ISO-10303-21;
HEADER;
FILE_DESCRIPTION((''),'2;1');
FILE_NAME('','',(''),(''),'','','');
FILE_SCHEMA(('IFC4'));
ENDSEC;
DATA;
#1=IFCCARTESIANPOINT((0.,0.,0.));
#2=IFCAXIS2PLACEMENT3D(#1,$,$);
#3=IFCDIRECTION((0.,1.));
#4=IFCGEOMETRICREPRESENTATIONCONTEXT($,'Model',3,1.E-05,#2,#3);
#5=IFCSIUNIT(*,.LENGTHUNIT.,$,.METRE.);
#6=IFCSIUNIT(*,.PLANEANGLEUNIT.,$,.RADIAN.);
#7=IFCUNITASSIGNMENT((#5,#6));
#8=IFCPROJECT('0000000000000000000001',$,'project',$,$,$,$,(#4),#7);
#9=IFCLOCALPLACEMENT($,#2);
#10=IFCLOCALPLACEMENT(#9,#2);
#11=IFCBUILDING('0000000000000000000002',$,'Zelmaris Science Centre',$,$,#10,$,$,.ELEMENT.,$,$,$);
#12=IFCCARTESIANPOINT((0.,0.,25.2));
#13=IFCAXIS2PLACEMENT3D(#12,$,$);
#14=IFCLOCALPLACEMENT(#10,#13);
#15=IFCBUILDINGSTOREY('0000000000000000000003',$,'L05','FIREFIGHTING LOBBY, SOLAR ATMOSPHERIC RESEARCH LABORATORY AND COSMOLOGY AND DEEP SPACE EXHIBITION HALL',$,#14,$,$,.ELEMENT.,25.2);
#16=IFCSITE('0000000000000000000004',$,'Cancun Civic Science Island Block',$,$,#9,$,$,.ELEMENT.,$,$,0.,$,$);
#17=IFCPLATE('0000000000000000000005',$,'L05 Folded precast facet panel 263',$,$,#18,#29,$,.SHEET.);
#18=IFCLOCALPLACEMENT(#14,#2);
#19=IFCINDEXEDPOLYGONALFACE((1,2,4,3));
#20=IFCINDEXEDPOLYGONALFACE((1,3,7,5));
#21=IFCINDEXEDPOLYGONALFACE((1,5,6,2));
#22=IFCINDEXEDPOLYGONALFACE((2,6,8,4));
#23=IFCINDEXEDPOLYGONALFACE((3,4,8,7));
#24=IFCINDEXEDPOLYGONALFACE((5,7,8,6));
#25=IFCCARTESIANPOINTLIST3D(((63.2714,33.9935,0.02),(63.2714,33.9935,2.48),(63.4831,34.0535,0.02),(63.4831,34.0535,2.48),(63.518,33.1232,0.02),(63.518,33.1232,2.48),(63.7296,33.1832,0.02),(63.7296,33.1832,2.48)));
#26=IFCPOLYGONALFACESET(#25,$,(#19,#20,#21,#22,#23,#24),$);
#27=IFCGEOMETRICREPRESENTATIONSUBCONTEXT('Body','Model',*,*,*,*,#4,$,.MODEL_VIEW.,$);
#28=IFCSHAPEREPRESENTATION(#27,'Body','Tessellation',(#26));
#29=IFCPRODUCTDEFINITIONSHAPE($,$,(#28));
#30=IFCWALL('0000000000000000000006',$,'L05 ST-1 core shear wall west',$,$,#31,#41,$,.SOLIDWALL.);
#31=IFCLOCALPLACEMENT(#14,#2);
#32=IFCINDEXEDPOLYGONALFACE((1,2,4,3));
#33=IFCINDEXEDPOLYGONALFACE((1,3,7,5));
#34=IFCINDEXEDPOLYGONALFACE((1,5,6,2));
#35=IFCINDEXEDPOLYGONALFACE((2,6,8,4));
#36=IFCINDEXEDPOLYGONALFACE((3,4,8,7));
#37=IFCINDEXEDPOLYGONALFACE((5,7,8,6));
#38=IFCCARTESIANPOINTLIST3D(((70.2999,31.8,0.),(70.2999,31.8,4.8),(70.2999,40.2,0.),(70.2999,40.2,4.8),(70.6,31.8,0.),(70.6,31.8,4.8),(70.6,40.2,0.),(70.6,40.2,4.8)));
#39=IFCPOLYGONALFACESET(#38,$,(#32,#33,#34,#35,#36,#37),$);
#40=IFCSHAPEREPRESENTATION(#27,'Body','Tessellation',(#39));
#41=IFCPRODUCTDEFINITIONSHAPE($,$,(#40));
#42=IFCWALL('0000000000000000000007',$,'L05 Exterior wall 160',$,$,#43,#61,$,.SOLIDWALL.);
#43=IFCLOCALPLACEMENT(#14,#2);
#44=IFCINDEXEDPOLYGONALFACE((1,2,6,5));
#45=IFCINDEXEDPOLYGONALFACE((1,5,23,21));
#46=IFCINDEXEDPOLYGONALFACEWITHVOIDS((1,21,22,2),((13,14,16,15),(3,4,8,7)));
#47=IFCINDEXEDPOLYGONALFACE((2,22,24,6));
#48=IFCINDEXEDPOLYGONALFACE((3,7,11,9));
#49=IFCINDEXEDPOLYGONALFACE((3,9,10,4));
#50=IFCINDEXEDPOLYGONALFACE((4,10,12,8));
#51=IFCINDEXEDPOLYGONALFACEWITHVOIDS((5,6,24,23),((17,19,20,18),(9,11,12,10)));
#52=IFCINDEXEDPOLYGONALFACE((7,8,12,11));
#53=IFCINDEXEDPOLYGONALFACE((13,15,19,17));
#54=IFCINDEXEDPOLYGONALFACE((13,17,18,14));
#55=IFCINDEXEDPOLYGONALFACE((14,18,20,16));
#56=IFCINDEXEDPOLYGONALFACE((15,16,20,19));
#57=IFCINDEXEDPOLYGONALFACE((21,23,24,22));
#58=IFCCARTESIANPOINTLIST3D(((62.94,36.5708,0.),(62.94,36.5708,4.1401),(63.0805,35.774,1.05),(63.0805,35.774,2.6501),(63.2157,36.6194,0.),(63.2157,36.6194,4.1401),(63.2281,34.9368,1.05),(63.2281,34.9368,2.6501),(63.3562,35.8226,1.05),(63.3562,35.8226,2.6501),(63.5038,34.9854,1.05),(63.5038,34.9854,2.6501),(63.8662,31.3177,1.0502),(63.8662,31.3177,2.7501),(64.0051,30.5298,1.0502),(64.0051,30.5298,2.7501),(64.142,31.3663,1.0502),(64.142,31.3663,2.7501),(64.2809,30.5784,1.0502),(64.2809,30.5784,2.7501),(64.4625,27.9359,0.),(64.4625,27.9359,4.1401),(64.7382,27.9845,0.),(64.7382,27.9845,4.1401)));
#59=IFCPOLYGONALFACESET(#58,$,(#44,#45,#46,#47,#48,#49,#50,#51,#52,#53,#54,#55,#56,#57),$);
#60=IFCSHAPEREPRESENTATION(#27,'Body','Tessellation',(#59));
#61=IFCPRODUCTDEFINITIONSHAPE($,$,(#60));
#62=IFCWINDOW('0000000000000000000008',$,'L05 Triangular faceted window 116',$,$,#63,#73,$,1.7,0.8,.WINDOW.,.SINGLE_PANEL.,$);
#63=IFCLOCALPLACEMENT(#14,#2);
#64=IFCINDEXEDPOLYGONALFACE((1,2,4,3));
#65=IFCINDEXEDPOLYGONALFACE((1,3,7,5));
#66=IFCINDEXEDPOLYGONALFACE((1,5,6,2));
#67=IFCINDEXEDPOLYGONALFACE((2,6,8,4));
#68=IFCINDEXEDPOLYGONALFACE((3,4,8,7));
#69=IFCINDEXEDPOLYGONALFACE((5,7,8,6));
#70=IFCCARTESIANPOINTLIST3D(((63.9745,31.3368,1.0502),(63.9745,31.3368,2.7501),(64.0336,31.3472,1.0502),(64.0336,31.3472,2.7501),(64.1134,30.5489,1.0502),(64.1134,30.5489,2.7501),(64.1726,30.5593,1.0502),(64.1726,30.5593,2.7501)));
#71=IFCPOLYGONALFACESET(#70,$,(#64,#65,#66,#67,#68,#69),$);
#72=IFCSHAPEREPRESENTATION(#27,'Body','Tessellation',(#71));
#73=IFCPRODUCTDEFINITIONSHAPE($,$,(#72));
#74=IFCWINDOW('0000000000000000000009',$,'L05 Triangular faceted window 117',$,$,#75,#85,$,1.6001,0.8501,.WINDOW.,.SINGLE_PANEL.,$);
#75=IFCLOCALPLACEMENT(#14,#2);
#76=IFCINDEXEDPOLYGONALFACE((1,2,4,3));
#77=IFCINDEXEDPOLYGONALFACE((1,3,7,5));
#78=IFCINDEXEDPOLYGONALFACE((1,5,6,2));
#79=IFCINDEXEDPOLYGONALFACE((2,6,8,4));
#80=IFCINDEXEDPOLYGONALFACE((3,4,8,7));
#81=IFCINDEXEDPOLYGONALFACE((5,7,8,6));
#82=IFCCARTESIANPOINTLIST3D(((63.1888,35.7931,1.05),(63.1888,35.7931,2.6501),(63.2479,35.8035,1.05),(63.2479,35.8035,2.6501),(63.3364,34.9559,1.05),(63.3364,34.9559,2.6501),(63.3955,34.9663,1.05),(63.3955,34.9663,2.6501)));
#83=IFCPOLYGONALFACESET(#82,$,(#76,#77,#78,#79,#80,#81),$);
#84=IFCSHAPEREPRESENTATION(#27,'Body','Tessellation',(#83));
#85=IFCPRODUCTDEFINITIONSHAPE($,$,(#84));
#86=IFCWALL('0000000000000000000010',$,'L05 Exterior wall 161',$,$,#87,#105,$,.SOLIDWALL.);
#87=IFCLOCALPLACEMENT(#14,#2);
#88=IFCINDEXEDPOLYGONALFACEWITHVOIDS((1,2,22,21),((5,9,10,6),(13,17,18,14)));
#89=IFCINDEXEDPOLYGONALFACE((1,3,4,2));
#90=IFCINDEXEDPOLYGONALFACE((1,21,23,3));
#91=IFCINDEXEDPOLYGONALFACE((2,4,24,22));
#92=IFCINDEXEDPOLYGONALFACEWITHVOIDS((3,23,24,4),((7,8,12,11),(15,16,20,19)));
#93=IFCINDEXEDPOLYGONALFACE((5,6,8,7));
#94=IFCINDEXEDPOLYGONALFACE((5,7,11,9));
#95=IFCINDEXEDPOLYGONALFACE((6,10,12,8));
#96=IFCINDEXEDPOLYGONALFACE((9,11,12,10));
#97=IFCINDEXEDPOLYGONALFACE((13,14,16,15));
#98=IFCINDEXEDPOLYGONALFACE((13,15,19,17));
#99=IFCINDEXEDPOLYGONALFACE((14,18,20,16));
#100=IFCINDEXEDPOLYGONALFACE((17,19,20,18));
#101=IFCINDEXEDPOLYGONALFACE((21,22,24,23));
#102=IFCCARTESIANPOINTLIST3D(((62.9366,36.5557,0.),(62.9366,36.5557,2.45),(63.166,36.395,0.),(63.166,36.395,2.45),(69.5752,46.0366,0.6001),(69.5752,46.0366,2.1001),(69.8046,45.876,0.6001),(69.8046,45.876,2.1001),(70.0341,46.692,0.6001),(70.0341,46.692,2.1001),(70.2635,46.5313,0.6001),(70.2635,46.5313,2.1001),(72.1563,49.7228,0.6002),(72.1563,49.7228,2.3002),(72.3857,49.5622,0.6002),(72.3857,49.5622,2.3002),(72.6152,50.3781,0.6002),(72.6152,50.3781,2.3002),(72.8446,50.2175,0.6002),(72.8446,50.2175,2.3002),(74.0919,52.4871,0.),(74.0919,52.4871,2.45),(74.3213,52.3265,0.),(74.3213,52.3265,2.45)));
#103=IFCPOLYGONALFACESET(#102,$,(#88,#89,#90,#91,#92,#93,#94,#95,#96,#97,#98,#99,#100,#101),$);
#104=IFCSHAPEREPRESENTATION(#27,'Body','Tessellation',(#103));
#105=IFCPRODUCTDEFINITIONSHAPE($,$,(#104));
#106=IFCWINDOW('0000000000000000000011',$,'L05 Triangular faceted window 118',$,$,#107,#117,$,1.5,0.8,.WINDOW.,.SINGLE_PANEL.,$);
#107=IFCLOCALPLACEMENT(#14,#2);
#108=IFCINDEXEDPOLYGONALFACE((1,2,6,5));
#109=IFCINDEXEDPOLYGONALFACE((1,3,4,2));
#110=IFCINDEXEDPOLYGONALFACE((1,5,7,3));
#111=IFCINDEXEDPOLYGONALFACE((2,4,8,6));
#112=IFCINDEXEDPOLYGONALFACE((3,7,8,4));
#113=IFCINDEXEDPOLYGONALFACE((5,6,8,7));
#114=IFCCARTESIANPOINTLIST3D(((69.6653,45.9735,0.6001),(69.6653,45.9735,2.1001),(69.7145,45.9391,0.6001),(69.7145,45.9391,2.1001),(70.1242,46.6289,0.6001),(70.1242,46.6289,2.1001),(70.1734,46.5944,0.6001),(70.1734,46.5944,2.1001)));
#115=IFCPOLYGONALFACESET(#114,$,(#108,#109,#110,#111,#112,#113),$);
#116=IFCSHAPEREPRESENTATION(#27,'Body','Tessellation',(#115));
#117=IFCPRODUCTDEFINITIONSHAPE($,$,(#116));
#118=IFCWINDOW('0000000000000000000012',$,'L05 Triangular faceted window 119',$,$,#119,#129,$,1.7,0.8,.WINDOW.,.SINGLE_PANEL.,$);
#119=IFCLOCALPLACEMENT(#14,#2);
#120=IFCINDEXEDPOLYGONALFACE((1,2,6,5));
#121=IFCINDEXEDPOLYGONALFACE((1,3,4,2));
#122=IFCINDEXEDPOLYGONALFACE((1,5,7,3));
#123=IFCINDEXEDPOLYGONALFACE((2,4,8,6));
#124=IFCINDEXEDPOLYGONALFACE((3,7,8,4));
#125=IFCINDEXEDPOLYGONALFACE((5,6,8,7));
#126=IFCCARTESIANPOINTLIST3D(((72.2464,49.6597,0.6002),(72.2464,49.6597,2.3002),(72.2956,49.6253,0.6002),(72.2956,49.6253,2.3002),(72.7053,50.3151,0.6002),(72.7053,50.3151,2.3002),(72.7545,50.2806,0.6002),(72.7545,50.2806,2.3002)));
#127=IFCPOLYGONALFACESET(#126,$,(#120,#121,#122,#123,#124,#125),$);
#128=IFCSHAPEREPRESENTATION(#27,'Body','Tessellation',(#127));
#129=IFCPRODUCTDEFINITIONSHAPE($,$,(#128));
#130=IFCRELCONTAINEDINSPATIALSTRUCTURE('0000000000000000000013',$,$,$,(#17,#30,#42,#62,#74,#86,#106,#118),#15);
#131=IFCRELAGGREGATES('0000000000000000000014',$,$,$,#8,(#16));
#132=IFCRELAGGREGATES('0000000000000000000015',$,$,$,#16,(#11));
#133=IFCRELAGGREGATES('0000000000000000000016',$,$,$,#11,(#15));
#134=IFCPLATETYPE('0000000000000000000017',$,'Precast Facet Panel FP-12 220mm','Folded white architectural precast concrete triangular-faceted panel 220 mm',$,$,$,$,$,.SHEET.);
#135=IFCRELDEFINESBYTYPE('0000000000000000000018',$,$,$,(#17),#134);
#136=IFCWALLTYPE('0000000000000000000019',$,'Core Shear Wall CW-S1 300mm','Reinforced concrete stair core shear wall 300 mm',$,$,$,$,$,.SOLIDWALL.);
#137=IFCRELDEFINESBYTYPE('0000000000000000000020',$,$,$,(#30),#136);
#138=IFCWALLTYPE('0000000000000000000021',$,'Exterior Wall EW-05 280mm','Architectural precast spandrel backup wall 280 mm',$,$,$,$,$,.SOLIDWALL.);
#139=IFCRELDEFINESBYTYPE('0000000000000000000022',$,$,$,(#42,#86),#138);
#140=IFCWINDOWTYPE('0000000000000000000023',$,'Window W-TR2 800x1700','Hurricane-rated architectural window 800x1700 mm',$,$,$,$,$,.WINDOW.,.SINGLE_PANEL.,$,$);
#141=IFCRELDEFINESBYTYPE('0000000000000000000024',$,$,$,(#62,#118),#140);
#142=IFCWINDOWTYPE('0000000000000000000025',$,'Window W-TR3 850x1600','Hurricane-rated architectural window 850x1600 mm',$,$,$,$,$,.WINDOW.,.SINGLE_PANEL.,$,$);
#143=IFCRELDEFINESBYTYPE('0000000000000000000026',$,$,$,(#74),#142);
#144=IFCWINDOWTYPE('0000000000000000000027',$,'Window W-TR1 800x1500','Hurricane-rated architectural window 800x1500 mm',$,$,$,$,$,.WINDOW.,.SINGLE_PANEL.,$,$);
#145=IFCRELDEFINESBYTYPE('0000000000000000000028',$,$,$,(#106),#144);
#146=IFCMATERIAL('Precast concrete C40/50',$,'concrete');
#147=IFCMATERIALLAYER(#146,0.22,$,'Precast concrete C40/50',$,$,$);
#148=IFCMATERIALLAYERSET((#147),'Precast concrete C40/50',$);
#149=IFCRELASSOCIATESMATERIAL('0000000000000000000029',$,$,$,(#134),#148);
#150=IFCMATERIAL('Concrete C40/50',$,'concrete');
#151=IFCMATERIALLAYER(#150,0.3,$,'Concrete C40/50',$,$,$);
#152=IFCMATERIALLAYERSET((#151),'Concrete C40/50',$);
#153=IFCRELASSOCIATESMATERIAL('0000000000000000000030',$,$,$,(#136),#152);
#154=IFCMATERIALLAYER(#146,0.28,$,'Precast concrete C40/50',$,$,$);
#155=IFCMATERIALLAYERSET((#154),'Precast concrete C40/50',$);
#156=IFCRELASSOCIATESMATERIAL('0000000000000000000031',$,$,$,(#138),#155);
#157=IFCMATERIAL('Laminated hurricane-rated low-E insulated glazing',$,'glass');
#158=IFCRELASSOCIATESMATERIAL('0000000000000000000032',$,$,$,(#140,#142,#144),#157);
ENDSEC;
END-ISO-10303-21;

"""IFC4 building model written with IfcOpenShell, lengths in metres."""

from ifc_helpers import new_model, si_unit, direction, frame, frame_2d, origin, place, context, subcontext, project, spatial, rectangle, extrude, material, layer, layer_set, type_object, element, fill, save


model = new_model("IFC4")

# Units and contexts
model_context = context("Model", 3, precision=1e-05, world=origin(), true_north=direction((0.0, 1.0)))
body_context = subcontext(model_context, "Body", "Model", "MODEL_VIEW")
ifc_project = project(units=[si_unit("LENGTHUNIT", "METRE"), si_unit("PLANEANGLEUNIT", "RADIAN")], contexts=[model_context])

# Site, building, storey
site_placement = place(None, origin())
site = spatial("IfcSite", under=ifc_project, at=site_placement, Name="Cancun Civic Science Island Block", CompositionType="ELEMENT", RefElevation=0.0)
building_placement = place(site_placement, origin())
building = spatial("IfcBuilding", under=site, at=building_placement, Name="Zelmaris Science Centre", CompositionType="ELEMENT")
storey_placement = place(building_placement, frame((0.0, 0.0, 25.2)))
storey = spatial("IfcBuildingStorey", under=building, at=storey_placement, Name="L05", Description="FIREFIGHTING LOBBY, SOLAR ATMOSPHERIC RESEARCH LABORATORY AND COSMOLOGY AND DEEP SPACE EXHIBITION HALL", CompositionType="ELEMENT", Elevation=25.2)

# Plate
ifc_material_1 = material(Name="Precast concrete C40/50", Category="concrete")
ifc_layer_1 = layer(ifc_material_1, 0.22, Name="Precast concrete C40/50")
ifc_layer_set_1 = layer_set([ifc_layer_1], Name="Precast concrete C40/50")
plate_type_1 = type_object("IfcPlateType", Name="Precast Facet Panel FP-12 220mm", Description="Folded white architectural precast concrete triangular-faceted panel 220 mm", PredefinedType="SHEET", material=ifc_layer_set_1)
plate_1_placement = place(storey_placement, frame((63.6238, 33.1533, 0.02), z_axis=(0.0, 0.0, 1.0), x_axis=(-0.272582, 0.962133, 0.0)))
element("IfcPlate", 1, at=plate_1_placement, inside=storey, type_object=plate_type_1, Name="L05 Folded precast facet panel 263", PredefinedType="SHEET", context=body_context, shape_type="SweptSolid", body=[
    extrude(rectangle(XDim=0.9045, YDim=0.22, at=frame_2d((0.4521, 0.0))), origin(), (0.0, 0.0, 1.0), 2.46),
])

# Wall
ifc_material_2 = material(Name="Concrete C40/50", Category="concrete")
ifc_layer_2 = layer(ifc_material_2, 0.3, Name="Concrete C40/50")
ifc_layer_set_2 = layer_set([ifc_layer_2], Name="Concrete C40/50")
wall_type_1 = type_object("IfcWallType", Name="Core Shear Wall CW-S1 300mm", Description="Reinforced concrete stair core shear wall 300 mm", PredefinedType="SOLIDWALL", material=ifc_layer_set_2)
wall_1_placement = place(storey_placement, frame((70.45, 31.8, 0.0), z_axis=(0.0, 0.0, 1.0), x_axis=(0.0, 1.0, 0.0)))
element("IfcWall", 2, at=wall_1_placement, inside=storey, type_object=wall_type_1, Name="L05 ST-1 core shear wall west", PredefinedType="SOLIDWALL", context=body_context, shape_type="SweptSolid", body=[
    extrude(rectangle(XDim=8.3999, YDim=0.3, at=frame_2d((4.2, 0.0))), origin(), (0.0, 0.0, 1.0), 4.8),
])

# Walls, openings, windows
ifc_layer_3 = layer(ifc_material_1, 0.28, Name="Precast concrete C40/50")
ifc_layer_set_3 = layer_set([ifc_layer_3], Name="Precast concrete C40/50")
wall_type_2 = type_object("IfcWallType", Name="Exterior Wall EW-05 280mm", Description="Architectural precast spandrel backup wall 280 mm", PredefinedType="SOLIDWALL", material=ifc_layer_set_3)
wall_2_placement = place(storey_placement, frame((64.6003, 27.9602, 0.0), z_axis=(0.0, 0.0, 1.0), x_axis=(-0.173639, 0.984809, 0.0)))
wall_2 = element("IfcWall", 3, at=wall_2_placement, inside=storey, type_object=wall_type_2, Name="L05 Exterior wall 160", PredefinedType="SOLIDWALL", context=body_context, shape_type="SweptSolid", body=[
    extrude(rectangle(XDim=8.7681, YDim=0.28, at=frame_2d((4.384, 0.0))), origin(), (0.0, 0.0, 1.0), 4.1401),
])
opening_1_placement = place(wall_2_placement, frame((2.634, 0.0, 1.05)))
opening_1 = element("IfcOpeningElement", 4, at=opening_1_placement, cuts=wall_2, PredefinedType="OPENING", context=body_context, shape_type="SweptSolid", body=[
    extrude(rectangle(XDim=0.8, YDim=1.7, at=frame_2d((0.3999, 0.8501))), frame((0.0, 0.1499, 0.0), z_axis=(0.0, -1.0, 0.0), x_axis=(1.0, 0.0, 0.0)), (0.0, 0.0, 1.0), 0.3),
])
opening_2_placement = place(wall_2_placement, frame((7.1089, 0.0, 1.05)))
opening_2 = element("IfcOpeningElement", 5, at=opening_2_placement, cuts=wall_2, PredefinedType="OPENING", context=body_context, shape_type="SweptSolid", body=[
    extrude(rectangle(XDim=0.8501, YDim=1.6001, at=frame_2d((0.425, 0.8))), frame((0.0, 0.1499, 0.0), z_axis=(0.0, -1.0, 0.0), x_axis=(1.0, 0.0, 0.0)), (0.0, 0.0, 1.0), 0.3),
])
ifc_material_3 = material(Name="Laminated hurricane-rated low-E insulated glazing", Category="glass")
window_type_1 = type_object("IfcWindowType", Name="Window W-TR2 800x1700", Description="Hurricane-rated architectural window 800x1700 mm", PartitioningType="SINGLE_PANEL", PredefinedType="WINDOW", material=ifc_material_3)
window_1_placement = place(opening_1_placement, origin())
window_1 = element("IfcWindow", 6, at=window_1_placement, inside=storey, type_object=window_type_1, Name="L05 Triangular faceted window 116", OverallHeight=1.7, OverallWidth=0.8, PartitioningType="SINGLE_PANEL", PredefinedType="WINDOW", context=body_context, shape_type="SweptSolid", body=[
    extrude(rectangle(XDim=0.8, YDim=1.7, at=frame_2d((0.3999, 0.8501))), frame((0.0, 0.03, 0.0), z_axis=(0.0, -1.0, 0.0), x_axis=(1.0, 0.0, 0.0)), (0.0, 0.0, 1.0), 0.0601),
])
fill(opening_1, window_1)
window_type_2 = type_object("IfcWindowType", Name="Window W-TR3 850x1600", Description="Hurricane-rated architectural window 850x1600 mm", PartitioningType="SINGLE_PANEL", PredefinedType="WINDOW", material=ifc_material_3)
window_2_placement = place(opening_2_placement, origin())
window_2 = element("IfcWindow", 7, at=window_2_placement, inside=storey, type_object=window_type_2, Name="L05 Triangular faceted window 117", OverallHeight=1.6001, OverallWidth=0.8501, PartitioningType="SINGLE_PANEL", PredefinedType="WINDOW", context=body_context, shape_type="SweptSolid", body=[
    extrude(rectangle(XDim=0.8501, YDim=1.6001, at=frame_2d((0.425, 0.8))), frame((0.0, 0.03, 0.0), z_axis=(0.0, -1.0, 0.0), x_axis=(1.0, 0.0, 0.0)), (0.0, 0.0, 1.0), 0.0601),
])
fill(opening_2, window_2)
wall_3_placement = place(storey_placement, frame((63.0513, 36.4753, 0.0), z_axis=(0.0, 0.0, 1.0), x_axis=(0.573576, 0.819152, 0.0)))
wall_3 = element("IfcWall", 8, at=wall_3_placement, inside=storey, type_object=wall_type_2, Name="L05 Exterior wall 161", PredefinedType="SOLIDWALL", context=body_context, shape_type="SweptSolid", body=[
    extrude(rectangle(XDim=19.4487, YDim=0.28, at=frame_2d((9.7244, 0.0))), origin(), (0.0, 0.0, 1.0), 2.45),
])
opening_3_placement = place(wall_3_placement, frame((11.5742, 0.0, 0.6001)))
opening_3 = element("IfcOpeningElement", 9, at=opening_3_placement, cuts=wall_3, PredefinedType="OPENING", context=body_context, shape_type="SweptSolid", body=[
    extrude(rectangle(XDim=0.8, YDim=1.5, at=frame_2d((0.3999, 0.75))), frame((0.0, 0.1499, 0.0), z_axis=(0.0, -1.0, 0.0), x_axis=(1.0, 0.0, 0.0)), (0.0, 0.0, 1.0), 0.3),
])
opening_4_placement = place(wall_3_placement, frame((16.0742, 0.0, 0.6001)))
opening_4 = element("IfcOpeningElement", 10, at=opening_4_placement, cuts=wall_3, PredefinedType="OPENING", context=body_context, shape_type="SweptSolid", body=[
    extrude(rectangle(XDim=0.8, YDim=1.7, at=frame_2d((0.3999, 0.8501))), frame((0.0, 0.1499, 0.0), z_axis=(0.0, -1.0, 0.0), x_axis=(1.0, 0.0, 0.0)), (0.0, 0.0, 1.0), 0.3),
])
window_type_3 = type_object("IfcWindowType", Name="Window W-TR1 800x1500", Description="Hurricane-rated architectural window 800x1500 mm", PartitioningType="SINGLE_PANEL", PredefinedType="WINDOW", material=ifc_material_3)
window_3_placement = place(opening_3_placement, origin())
window_3 = element("IfcWindow", 11, at=window_3_placement, inside=storey, type_object=window_type_3, Name="L05 Triangular faceted window 118", OverallHeight=1.5, OverallWidth=0.8, PartitioningType="SINGLE_PANEL", PredefinedType="WINDOW", context=body_context, shape_type="SweptSolid", body=[
    extrude(rectangle(XDim=0.8, YDim=1.5, at=frame_2d((0.3999, 0.75))), frame((0.0, 0.03, 0.0), z_axis=(0.0, -1.0, 0.0), x_axis=(1.0, 0.0, 0.0)), (0.0, 0.0, 1.0), 0.0601),
])
fill(opening_3, window_3)
window_4_placement = place(opening_4_placement, origin())
window_4 = element("IfcWindow", 12, at=window_4_placement, inside=storey, type_object=window_type_1, Name="L05 Triangular faceted window 119", OverallHeight=1.7, OverallWidth=0.8, PartitioningType="SINGLE_PANEL", PredefinedType="WINDOW", context=body_context, shape_type="SweptSolid", body=[
    extrude(rectangle(XDim=0.8, YDim=1.7, at=frame_2d((0.3999, 0.8501))), frame((0.0, 0.03, 0.0), z_axis=(0.0, -1.0, 0.0), x_axis=(1.0, 0.0, 0.0)), (0.0, 0.0, 1.0), 0.0601),
])
fill(opening_4, window_4)

save(model, "model.ifc")
